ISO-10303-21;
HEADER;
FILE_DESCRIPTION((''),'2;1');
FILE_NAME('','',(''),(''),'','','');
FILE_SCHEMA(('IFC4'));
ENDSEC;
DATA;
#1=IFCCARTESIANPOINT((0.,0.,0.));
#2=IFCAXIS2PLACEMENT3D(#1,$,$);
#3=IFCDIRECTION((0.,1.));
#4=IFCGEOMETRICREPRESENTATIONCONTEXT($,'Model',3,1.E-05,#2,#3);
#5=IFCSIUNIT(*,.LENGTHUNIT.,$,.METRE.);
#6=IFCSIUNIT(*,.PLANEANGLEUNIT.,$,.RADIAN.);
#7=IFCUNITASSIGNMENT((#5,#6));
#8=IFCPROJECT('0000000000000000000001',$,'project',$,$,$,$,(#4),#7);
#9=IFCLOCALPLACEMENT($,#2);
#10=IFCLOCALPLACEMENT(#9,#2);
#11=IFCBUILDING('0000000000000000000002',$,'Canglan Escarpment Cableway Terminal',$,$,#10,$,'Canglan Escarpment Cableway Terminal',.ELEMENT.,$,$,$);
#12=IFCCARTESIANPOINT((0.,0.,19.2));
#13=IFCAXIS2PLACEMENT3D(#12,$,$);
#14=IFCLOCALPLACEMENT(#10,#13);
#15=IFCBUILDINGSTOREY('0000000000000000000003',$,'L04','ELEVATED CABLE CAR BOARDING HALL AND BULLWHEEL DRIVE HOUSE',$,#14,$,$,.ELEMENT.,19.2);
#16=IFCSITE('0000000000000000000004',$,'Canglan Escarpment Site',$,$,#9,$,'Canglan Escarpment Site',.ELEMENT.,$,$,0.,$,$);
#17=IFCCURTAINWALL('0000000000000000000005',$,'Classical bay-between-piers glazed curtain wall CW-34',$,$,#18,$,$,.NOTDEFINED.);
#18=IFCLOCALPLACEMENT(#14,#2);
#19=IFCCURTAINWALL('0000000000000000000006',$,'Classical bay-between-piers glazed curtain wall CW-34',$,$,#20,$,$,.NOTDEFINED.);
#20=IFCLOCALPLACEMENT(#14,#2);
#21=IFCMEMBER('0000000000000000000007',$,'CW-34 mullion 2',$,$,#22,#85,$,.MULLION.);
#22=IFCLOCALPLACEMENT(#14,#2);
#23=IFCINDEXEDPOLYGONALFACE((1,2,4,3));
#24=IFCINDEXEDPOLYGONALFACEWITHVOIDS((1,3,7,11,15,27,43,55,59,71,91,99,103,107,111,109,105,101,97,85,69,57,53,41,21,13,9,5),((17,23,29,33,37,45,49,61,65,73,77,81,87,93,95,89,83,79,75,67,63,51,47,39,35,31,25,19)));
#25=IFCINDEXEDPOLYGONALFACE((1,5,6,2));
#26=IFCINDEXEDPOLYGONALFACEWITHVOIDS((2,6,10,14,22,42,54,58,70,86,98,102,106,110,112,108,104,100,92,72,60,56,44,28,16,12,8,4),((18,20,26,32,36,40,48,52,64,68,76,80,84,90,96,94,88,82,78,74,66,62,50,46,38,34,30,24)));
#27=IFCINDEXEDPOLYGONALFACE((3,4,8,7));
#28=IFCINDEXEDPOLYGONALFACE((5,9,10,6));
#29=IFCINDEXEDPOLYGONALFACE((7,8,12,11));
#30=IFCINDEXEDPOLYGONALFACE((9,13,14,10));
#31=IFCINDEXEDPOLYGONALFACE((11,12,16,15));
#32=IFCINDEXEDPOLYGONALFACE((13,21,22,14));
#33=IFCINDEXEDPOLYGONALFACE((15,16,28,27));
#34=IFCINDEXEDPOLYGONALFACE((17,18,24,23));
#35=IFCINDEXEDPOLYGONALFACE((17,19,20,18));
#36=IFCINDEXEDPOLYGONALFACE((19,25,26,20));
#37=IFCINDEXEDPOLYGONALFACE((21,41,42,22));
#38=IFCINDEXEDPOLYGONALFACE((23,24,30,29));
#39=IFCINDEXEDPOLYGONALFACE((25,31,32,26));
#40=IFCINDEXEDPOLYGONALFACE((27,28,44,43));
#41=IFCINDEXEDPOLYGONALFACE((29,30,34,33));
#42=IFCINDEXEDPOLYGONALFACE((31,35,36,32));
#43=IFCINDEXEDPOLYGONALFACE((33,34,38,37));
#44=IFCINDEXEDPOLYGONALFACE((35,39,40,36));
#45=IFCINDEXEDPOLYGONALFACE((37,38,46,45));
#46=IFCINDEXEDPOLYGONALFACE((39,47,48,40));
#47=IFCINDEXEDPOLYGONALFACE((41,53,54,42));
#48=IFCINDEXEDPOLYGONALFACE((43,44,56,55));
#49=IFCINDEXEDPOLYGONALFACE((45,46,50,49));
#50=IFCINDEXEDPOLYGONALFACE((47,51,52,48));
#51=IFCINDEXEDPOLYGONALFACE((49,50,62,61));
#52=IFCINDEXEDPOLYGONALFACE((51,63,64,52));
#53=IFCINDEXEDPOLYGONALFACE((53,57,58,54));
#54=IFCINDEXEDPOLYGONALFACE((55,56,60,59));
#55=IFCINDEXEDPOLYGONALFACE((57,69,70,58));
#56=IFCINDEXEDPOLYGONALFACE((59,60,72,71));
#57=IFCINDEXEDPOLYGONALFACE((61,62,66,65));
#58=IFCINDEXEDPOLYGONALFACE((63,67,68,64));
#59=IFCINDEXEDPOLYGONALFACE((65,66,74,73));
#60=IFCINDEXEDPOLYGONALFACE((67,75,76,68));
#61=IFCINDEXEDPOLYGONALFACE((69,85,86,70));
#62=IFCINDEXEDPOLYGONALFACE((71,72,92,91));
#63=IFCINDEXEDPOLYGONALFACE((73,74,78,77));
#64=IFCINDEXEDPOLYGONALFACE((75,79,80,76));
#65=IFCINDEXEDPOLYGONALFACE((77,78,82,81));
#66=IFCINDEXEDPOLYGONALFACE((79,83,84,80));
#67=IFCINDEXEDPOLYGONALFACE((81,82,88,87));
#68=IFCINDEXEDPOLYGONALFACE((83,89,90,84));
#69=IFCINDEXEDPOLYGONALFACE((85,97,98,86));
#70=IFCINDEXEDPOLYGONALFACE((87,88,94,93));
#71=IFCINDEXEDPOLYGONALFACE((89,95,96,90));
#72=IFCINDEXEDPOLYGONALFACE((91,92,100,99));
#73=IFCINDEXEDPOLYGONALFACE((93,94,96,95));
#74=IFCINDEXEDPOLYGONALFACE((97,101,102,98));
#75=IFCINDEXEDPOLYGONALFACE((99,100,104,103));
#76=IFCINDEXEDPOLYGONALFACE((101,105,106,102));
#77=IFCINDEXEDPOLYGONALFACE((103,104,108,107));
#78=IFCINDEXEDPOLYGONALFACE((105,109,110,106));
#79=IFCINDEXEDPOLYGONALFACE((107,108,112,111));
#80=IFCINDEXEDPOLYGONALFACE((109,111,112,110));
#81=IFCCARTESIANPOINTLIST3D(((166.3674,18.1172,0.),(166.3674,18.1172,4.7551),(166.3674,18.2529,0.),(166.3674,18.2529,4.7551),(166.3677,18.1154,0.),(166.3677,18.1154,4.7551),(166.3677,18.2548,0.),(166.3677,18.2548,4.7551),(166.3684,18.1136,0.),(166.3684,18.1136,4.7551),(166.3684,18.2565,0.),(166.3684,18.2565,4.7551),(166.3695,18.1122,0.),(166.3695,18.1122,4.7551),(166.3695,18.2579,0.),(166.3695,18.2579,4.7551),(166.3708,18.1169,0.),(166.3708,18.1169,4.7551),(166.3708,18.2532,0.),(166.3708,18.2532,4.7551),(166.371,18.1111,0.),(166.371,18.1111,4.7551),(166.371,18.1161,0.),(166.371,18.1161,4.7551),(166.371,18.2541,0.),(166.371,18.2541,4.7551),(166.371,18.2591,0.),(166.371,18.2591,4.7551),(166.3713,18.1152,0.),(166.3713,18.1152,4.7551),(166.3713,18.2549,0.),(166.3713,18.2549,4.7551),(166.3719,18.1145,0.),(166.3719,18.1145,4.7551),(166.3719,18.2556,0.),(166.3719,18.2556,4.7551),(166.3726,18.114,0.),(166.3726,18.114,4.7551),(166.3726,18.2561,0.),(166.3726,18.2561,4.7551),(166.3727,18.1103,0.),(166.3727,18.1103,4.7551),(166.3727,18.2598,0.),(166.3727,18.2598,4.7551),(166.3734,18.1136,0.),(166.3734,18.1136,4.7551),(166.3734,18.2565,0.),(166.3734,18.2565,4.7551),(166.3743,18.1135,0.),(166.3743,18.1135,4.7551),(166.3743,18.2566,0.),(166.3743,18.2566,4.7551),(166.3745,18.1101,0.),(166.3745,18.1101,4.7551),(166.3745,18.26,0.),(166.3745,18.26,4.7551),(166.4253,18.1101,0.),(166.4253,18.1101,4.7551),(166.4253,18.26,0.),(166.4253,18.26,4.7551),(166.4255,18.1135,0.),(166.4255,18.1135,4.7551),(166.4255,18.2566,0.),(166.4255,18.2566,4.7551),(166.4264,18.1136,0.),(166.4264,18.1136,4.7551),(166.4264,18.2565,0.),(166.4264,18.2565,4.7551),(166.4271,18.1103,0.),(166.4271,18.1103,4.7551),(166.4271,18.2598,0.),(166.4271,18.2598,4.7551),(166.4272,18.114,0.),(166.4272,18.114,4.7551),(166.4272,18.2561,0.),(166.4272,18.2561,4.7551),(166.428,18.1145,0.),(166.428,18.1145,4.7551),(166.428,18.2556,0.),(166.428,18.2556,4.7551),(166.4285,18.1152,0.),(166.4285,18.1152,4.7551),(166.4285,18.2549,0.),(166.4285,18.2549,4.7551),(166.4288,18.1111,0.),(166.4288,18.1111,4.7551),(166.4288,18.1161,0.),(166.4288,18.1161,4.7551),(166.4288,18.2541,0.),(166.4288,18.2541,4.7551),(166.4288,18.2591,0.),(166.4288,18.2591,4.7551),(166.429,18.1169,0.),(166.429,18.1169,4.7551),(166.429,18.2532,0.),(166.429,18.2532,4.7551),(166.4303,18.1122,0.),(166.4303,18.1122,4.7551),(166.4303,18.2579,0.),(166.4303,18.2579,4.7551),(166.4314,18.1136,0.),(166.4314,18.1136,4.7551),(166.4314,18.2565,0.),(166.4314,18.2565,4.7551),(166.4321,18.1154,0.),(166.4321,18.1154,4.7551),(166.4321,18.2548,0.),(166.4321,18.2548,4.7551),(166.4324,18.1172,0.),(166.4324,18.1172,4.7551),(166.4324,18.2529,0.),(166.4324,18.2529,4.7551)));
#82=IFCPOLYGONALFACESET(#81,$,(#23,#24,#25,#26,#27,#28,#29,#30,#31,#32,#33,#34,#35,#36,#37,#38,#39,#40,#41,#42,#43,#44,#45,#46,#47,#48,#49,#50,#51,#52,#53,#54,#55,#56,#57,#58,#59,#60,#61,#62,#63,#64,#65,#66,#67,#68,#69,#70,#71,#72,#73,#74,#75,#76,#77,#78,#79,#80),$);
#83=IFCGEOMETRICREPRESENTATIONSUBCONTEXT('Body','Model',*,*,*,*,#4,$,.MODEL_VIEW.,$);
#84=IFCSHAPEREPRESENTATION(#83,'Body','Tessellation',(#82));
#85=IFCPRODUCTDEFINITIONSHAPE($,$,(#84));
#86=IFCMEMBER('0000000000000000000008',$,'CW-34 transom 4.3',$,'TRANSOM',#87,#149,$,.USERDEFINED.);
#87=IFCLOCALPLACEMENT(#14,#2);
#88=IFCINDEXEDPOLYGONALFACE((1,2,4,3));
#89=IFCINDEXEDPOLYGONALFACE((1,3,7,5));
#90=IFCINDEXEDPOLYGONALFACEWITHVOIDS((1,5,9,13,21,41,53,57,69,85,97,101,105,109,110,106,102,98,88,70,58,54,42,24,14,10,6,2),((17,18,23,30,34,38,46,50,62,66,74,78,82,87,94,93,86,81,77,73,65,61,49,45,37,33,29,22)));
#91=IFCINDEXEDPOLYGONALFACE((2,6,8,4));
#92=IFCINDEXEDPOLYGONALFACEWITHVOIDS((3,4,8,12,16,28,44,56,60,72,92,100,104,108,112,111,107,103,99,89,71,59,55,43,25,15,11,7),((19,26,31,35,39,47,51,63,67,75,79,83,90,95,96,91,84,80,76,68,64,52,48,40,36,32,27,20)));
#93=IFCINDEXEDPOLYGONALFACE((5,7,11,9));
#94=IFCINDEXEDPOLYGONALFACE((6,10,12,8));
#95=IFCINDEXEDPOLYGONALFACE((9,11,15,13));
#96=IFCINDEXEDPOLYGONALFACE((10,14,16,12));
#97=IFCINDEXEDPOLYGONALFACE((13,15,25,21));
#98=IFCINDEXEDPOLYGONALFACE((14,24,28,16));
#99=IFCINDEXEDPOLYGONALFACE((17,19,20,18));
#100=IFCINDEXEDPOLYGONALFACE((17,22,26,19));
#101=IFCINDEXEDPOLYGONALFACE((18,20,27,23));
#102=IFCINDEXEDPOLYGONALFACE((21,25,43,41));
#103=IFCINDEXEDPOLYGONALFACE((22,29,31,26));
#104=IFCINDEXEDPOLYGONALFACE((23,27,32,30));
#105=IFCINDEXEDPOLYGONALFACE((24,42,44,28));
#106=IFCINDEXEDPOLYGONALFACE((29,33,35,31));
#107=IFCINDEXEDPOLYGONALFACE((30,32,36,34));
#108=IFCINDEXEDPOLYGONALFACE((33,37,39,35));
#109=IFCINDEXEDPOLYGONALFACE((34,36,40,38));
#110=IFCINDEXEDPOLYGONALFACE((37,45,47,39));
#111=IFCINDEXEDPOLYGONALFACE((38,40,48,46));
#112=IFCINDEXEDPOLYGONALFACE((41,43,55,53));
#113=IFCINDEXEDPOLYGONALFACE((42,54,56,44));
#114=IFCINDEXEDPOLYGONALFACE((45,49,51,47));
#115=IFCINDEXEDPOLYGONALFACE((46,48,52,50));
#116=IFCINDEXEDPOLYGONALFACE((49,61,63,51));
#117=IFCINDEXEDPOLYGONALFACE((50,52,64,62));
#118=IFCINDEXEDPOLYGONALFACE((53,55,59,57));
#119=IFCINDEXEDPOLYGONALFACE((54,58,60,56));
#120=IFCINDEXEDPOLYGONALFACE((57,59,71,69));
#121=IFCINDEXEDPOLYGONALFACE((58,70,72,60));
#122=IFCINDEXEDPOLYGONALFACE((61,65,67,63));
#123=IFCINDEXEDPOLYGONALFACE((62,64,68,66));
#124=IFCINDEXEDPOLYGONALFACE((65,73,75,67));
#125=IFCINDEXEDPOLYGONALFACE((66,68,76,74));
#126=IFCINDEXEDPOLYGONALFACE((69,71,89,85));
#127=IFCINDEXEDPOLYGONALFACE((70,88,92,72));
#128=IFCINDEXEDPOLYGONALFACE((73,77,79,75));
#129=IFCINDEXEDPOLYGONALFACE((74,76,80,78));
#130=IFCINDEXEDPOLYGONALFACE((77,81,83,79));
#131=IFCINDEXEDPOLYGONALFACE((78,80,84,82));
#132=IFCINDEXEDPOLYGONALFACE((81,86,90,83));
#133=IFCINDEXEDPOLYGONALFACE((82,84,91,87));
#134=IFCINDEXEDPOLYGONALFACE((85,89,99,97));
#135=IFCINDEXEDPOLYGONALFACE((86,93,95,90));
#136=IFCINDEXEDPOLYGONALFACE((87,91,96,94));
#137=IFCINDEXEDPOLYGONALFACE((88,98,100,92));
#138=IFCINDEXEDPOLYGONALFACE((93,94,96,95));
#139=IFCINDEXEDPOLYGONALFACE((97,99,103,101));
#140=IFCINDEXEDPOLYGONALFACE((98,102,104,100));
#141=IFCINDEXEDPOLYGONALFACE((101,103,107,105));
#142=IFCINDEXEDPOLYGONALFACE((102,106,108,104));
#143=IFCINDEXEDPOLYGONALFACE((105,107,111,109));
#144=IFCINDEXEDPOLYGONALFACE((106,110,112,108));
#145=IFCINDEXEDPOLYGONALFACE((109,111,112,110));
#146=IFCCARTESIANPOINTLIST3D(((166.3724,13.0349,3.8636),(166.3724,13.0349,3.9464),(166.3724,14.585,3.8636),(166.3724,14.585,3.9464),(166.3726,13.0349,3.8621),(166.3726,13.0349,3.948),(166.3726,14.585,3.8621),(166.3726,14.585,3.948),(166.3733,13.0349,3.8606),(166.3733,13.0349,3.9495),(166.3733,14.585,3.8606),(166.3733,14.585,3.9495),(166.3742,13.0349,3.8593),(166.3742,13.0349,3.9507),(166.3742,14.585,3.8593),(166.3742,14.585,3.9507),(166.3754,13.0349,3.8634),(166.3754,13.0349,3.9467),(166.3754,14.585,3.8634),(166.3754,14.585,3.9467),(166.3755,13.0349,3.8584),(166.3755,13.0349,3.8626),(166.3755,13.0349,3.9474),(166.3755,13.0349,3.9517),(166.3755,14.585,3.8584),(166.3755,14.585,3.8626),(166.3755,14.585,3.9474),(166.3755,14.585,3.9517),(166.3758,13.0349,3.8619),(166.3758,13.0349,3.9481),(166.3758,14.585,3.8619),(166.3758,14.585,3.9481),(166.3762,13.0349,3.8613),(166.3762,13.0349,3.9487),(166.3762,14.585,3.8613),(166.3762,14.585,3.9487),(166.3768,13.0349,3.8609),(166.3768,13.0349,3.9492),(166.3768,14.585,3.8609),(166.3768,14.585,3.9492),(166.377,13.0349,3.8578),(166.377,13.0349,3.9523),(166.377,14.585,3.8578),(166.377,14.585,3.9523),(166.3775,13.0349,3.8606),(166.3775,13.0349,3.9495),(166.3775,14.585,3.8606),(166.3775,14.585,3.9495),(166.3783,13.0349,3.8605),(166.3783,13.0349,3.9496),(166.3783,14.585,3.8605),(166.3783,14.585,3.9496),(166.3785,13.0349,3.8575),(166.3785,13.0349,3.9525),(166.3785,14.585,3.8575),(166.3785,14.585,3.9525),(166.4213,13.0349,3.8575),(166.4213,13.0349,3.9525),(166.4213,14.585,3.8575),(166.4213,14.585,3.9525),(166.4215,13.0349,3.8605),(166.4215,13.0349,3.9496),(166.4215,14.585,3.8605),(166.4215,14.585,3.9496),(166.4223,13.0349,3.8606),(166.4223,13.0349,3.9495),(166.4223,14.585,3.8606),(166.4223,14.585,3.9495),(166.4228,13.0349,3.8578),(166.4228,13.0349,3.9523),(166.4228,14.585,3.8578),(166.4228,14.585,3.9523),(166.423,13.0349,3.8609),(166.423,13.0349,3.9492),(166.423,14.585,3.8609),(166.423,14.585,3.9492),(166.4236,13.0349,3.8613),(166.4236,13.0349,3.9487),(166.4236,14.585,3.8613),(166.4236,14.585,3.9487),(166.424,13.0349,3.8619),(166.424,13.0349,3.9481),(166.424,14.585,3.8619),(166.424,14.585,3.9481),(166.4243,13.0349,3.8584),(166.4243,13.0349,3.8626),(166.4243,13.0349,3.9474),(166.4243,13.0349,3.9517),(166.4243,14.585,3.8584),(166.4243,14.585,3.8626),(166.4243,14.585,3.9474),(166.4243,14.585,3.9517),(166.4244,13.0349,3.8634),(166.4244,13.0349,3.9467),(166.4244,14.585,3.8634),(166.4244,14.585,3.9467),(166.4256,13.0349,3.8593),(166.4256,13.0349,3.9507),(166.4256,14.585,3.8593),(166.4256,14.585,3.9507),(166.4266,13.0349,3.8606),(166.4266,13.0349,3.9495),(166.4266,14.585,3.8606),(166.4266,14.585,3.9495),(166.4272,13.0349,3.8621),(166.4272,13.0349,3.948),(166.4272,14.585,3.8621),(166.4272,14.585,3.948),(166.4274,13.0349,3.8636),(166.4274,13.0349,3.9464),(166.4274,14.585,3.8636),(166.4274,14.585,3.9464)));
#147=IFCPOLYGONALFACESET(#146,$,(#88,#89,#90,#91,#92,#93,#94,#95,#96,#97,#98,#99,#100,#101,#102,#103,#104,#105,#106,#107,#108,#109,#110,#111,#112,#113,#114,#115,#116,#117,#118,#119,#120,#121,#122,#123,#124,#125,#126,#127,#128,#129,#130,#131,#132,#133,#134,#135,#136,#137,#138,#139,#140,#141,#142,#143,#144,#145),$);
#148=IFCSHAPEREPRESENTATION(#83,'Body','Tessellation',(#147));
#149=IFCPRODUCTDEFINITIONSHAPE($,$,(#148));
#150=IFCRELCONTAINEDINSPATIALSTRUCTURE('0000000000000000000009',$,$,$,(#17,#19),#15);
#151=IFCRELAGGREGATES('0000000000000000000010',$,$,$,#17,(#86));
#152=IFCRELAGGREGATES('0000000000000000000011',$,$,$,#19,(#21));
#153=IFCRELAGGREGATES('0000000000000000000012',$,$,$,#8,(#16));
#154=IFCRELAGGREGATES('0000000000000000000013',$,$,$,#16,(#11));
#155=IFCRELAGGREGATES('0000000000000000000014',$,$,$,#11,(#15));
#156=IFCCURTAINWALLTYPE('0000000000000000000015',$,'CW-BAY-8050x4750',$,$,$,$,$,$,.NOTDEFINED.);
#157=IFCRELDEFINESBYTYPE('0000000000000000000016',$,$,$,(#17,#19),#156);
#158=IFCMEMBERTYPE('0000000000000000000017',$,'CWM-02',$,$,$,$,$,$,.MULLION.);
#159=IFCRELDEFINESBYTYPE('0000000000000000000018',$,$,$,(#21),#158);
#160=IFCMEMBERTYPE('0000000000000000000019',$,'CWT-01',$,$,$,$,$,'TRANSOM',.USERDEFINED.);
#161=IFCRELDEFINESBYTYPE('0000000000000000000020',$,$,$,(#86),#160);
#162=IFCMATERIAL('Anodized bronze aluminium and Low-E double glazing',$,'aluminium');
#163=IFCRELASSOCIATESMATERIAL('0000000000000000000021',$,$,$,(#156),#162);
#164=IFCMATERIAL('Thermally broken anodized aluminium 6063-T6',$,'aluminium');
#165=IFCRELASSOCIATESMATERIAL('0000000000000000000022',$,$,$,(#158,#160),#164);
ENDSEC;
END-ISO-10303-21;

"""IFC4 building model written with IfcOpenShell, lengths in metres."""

from ifc_helpers import new_model, si_unit, direction, frame, origin, origin_2d, place, context, subcontext, project, spatial, hollow_rectangle, extrude, material, material_profile, profile_set, type_object, element, aggregate, save


model = new_model("IFC4")

# Units and contexts
model_context = context("Model", 3, precision=1e-05, world=origin(), true_north=direction((0.0, 1.0)))
body_context = subcontext(model_context, "Body", "Model", "MODEL_VIEW")
ifc_project = project(units=[si_unit("LENGTHUNIT", "METRE"), si_unit("PLANEANGLEUNIT", "RADIAN")], contexts=[model_context])

# Site, building, storey
site_placement = place(None, origin())
site = spatial("IfcSite", under=ifc_project, at=site_placement, Name="Canglan Escarpment Site", LongName="Canglan Escarpment Site", CompositionType="ELEMENT", RefElevation=0.0)
building_placement = place(site_placement, origin())
building = spatial("IfcBuilding", under=site, at=building_placement, Name="Canglan Escarpment Cableway Terminal", LongName="Canglan Escarpment Cableway Terminal", CompositionType="ELEMENT")
storey_placement = place(building_placement, frame((0.0, 0.0, 19.2)))
storey = spatial("IfcBuildingStorey", under=building, at=storey_placement, Name="L04", Description="ELEVATED CABLE CAR BOARDING HALL AND BULLWHEEL DRIVE HOUSE", CompositionType="ELEMENT", Elevation=19.2)

# Curtain walls, member
ifc_material_1 = material(Name="Anodized bronze aluminium and Low-E double glazing", Category="aluminium")
curtain_wall_type = type_object("IfcCurtainWallType", Name="CW-BAY-8050x4750", PredefinedType="NOTDEFINED", material=ifc_material_1)
curtain_wall_1_placement = place(storey_placement, origin())
curtain_wall_1 = element("IfcCurtainWall", 1, at=curtain_wall_1_placement, inside=storey, type_object=curtain_wall_type, Name="Classical bay-between-piers glazed curtain wall CW-34", PredefinedType="NOTDEFINED")
ifc_material_2 = material(Name="Thermally broken anodized aluminium 6063-T6", Category="aluminium")
curtain_wall_2_placement = place(storey_placement, origin())
curtain_wall_2 = element("IfcCurtainWall", 2, at=curtain_wall_2_placement, inside=storey, type_object=curtain_wall_type, Name="Classical bay-between-piers glazed curtain wall CW-34", PredefinedType="NOTDEFINED")
ifc_material_profile_1 = material_profile(ifc_material_2, hollow_rectangle(XDim=0.0649, YDim=0.1499, WallThickness=0.0034, InnerFilletRadius=0.0034, OuterFilletRadius=0.0071, at=origin_2d()), Name="ALU-MULL 65x150x3.5")
ifc_profile_set_1 = profile_set([ifc_material_profile_1], Name="Thermally broken anodized aluminium 6063-T6")
member_type_1 = type_object("IfcMemberType", Name="CWM-02", PredefinedType="MULLION", material=ifc_profile_set_1)
member_1_placement = place(storey_placement, frame((166.3999, 18.1851, 0.0), z_axis=(0.0, 0.0, 1.0), x_axis=(-1.0, 0.0, 0.0)))
member_1 = element("IfcMember", 3, at=member_1_placement, type_object=member_type_1, Name="CW-34 mullion 2", PredefinedType="MULLION", context=body_context, shape_type="SweptSolid", body=[
    extrude(hollow_rectangle(XDim=0.0649, YDim=0.1499, WallThickness=0.0034, InnerFilletRadius=0.0034, OuterFilletRadius=0.0071, at=origin_2d()), origin(), (0.0, 0.0, 1.0), 4.7551),
])

# Member
ifc_material_profile_2 = material_profile(ifc_material_2, hollow_rectangle(XDim=0.0549, YDim=0.095, WallThickness=0.0029, InnerFilletRadius=0.0029, OuterFilletRadius=0.0061, at=origin_2d()), Name="ALU-TRAN 55x95x3")
ifc_profile_set_2 = profile_set([ifc_material_profile_2], Name="Thermally broken anodized aluminium 6063-T6")
member_type_2 = type_object("IfcMemberType", Name="CWT-01", ElementType="TRANSOM", PredefinedType="USERDEFINED", material=ifc_profile_set_2)
member_2_placement = place(storey_placement, frame((166.3999, 13.0349, 3.905), z_axis=(0.0, 1.0, 0.0), x_axis=(-1.0, 0.0, 0.0)))
member_2 = element("IfcMember", 4, at=member_2_placement, type_object=member_type_2, Name="CW-34 transom 4.3", ObjectType="TRANSOM", PredefinedType="USERDEFINED", context=body_context, shape_type="SweptSolid", body=[
    extrude(hollow_rectangle(XDim=0.0549, YDim=0.095, WallThickness=0.0029, InnerFilletRadius=0.0029, OuterFilletRadius=0.0061, at=origin_2d()), origin(), (0.0, 0.0, 1.0), 1.55),
])

aggregate(curtain_wall_1, [member_2])
aggregate(curtain_wall_2, [member_1])

save(model, "model.ifc")
